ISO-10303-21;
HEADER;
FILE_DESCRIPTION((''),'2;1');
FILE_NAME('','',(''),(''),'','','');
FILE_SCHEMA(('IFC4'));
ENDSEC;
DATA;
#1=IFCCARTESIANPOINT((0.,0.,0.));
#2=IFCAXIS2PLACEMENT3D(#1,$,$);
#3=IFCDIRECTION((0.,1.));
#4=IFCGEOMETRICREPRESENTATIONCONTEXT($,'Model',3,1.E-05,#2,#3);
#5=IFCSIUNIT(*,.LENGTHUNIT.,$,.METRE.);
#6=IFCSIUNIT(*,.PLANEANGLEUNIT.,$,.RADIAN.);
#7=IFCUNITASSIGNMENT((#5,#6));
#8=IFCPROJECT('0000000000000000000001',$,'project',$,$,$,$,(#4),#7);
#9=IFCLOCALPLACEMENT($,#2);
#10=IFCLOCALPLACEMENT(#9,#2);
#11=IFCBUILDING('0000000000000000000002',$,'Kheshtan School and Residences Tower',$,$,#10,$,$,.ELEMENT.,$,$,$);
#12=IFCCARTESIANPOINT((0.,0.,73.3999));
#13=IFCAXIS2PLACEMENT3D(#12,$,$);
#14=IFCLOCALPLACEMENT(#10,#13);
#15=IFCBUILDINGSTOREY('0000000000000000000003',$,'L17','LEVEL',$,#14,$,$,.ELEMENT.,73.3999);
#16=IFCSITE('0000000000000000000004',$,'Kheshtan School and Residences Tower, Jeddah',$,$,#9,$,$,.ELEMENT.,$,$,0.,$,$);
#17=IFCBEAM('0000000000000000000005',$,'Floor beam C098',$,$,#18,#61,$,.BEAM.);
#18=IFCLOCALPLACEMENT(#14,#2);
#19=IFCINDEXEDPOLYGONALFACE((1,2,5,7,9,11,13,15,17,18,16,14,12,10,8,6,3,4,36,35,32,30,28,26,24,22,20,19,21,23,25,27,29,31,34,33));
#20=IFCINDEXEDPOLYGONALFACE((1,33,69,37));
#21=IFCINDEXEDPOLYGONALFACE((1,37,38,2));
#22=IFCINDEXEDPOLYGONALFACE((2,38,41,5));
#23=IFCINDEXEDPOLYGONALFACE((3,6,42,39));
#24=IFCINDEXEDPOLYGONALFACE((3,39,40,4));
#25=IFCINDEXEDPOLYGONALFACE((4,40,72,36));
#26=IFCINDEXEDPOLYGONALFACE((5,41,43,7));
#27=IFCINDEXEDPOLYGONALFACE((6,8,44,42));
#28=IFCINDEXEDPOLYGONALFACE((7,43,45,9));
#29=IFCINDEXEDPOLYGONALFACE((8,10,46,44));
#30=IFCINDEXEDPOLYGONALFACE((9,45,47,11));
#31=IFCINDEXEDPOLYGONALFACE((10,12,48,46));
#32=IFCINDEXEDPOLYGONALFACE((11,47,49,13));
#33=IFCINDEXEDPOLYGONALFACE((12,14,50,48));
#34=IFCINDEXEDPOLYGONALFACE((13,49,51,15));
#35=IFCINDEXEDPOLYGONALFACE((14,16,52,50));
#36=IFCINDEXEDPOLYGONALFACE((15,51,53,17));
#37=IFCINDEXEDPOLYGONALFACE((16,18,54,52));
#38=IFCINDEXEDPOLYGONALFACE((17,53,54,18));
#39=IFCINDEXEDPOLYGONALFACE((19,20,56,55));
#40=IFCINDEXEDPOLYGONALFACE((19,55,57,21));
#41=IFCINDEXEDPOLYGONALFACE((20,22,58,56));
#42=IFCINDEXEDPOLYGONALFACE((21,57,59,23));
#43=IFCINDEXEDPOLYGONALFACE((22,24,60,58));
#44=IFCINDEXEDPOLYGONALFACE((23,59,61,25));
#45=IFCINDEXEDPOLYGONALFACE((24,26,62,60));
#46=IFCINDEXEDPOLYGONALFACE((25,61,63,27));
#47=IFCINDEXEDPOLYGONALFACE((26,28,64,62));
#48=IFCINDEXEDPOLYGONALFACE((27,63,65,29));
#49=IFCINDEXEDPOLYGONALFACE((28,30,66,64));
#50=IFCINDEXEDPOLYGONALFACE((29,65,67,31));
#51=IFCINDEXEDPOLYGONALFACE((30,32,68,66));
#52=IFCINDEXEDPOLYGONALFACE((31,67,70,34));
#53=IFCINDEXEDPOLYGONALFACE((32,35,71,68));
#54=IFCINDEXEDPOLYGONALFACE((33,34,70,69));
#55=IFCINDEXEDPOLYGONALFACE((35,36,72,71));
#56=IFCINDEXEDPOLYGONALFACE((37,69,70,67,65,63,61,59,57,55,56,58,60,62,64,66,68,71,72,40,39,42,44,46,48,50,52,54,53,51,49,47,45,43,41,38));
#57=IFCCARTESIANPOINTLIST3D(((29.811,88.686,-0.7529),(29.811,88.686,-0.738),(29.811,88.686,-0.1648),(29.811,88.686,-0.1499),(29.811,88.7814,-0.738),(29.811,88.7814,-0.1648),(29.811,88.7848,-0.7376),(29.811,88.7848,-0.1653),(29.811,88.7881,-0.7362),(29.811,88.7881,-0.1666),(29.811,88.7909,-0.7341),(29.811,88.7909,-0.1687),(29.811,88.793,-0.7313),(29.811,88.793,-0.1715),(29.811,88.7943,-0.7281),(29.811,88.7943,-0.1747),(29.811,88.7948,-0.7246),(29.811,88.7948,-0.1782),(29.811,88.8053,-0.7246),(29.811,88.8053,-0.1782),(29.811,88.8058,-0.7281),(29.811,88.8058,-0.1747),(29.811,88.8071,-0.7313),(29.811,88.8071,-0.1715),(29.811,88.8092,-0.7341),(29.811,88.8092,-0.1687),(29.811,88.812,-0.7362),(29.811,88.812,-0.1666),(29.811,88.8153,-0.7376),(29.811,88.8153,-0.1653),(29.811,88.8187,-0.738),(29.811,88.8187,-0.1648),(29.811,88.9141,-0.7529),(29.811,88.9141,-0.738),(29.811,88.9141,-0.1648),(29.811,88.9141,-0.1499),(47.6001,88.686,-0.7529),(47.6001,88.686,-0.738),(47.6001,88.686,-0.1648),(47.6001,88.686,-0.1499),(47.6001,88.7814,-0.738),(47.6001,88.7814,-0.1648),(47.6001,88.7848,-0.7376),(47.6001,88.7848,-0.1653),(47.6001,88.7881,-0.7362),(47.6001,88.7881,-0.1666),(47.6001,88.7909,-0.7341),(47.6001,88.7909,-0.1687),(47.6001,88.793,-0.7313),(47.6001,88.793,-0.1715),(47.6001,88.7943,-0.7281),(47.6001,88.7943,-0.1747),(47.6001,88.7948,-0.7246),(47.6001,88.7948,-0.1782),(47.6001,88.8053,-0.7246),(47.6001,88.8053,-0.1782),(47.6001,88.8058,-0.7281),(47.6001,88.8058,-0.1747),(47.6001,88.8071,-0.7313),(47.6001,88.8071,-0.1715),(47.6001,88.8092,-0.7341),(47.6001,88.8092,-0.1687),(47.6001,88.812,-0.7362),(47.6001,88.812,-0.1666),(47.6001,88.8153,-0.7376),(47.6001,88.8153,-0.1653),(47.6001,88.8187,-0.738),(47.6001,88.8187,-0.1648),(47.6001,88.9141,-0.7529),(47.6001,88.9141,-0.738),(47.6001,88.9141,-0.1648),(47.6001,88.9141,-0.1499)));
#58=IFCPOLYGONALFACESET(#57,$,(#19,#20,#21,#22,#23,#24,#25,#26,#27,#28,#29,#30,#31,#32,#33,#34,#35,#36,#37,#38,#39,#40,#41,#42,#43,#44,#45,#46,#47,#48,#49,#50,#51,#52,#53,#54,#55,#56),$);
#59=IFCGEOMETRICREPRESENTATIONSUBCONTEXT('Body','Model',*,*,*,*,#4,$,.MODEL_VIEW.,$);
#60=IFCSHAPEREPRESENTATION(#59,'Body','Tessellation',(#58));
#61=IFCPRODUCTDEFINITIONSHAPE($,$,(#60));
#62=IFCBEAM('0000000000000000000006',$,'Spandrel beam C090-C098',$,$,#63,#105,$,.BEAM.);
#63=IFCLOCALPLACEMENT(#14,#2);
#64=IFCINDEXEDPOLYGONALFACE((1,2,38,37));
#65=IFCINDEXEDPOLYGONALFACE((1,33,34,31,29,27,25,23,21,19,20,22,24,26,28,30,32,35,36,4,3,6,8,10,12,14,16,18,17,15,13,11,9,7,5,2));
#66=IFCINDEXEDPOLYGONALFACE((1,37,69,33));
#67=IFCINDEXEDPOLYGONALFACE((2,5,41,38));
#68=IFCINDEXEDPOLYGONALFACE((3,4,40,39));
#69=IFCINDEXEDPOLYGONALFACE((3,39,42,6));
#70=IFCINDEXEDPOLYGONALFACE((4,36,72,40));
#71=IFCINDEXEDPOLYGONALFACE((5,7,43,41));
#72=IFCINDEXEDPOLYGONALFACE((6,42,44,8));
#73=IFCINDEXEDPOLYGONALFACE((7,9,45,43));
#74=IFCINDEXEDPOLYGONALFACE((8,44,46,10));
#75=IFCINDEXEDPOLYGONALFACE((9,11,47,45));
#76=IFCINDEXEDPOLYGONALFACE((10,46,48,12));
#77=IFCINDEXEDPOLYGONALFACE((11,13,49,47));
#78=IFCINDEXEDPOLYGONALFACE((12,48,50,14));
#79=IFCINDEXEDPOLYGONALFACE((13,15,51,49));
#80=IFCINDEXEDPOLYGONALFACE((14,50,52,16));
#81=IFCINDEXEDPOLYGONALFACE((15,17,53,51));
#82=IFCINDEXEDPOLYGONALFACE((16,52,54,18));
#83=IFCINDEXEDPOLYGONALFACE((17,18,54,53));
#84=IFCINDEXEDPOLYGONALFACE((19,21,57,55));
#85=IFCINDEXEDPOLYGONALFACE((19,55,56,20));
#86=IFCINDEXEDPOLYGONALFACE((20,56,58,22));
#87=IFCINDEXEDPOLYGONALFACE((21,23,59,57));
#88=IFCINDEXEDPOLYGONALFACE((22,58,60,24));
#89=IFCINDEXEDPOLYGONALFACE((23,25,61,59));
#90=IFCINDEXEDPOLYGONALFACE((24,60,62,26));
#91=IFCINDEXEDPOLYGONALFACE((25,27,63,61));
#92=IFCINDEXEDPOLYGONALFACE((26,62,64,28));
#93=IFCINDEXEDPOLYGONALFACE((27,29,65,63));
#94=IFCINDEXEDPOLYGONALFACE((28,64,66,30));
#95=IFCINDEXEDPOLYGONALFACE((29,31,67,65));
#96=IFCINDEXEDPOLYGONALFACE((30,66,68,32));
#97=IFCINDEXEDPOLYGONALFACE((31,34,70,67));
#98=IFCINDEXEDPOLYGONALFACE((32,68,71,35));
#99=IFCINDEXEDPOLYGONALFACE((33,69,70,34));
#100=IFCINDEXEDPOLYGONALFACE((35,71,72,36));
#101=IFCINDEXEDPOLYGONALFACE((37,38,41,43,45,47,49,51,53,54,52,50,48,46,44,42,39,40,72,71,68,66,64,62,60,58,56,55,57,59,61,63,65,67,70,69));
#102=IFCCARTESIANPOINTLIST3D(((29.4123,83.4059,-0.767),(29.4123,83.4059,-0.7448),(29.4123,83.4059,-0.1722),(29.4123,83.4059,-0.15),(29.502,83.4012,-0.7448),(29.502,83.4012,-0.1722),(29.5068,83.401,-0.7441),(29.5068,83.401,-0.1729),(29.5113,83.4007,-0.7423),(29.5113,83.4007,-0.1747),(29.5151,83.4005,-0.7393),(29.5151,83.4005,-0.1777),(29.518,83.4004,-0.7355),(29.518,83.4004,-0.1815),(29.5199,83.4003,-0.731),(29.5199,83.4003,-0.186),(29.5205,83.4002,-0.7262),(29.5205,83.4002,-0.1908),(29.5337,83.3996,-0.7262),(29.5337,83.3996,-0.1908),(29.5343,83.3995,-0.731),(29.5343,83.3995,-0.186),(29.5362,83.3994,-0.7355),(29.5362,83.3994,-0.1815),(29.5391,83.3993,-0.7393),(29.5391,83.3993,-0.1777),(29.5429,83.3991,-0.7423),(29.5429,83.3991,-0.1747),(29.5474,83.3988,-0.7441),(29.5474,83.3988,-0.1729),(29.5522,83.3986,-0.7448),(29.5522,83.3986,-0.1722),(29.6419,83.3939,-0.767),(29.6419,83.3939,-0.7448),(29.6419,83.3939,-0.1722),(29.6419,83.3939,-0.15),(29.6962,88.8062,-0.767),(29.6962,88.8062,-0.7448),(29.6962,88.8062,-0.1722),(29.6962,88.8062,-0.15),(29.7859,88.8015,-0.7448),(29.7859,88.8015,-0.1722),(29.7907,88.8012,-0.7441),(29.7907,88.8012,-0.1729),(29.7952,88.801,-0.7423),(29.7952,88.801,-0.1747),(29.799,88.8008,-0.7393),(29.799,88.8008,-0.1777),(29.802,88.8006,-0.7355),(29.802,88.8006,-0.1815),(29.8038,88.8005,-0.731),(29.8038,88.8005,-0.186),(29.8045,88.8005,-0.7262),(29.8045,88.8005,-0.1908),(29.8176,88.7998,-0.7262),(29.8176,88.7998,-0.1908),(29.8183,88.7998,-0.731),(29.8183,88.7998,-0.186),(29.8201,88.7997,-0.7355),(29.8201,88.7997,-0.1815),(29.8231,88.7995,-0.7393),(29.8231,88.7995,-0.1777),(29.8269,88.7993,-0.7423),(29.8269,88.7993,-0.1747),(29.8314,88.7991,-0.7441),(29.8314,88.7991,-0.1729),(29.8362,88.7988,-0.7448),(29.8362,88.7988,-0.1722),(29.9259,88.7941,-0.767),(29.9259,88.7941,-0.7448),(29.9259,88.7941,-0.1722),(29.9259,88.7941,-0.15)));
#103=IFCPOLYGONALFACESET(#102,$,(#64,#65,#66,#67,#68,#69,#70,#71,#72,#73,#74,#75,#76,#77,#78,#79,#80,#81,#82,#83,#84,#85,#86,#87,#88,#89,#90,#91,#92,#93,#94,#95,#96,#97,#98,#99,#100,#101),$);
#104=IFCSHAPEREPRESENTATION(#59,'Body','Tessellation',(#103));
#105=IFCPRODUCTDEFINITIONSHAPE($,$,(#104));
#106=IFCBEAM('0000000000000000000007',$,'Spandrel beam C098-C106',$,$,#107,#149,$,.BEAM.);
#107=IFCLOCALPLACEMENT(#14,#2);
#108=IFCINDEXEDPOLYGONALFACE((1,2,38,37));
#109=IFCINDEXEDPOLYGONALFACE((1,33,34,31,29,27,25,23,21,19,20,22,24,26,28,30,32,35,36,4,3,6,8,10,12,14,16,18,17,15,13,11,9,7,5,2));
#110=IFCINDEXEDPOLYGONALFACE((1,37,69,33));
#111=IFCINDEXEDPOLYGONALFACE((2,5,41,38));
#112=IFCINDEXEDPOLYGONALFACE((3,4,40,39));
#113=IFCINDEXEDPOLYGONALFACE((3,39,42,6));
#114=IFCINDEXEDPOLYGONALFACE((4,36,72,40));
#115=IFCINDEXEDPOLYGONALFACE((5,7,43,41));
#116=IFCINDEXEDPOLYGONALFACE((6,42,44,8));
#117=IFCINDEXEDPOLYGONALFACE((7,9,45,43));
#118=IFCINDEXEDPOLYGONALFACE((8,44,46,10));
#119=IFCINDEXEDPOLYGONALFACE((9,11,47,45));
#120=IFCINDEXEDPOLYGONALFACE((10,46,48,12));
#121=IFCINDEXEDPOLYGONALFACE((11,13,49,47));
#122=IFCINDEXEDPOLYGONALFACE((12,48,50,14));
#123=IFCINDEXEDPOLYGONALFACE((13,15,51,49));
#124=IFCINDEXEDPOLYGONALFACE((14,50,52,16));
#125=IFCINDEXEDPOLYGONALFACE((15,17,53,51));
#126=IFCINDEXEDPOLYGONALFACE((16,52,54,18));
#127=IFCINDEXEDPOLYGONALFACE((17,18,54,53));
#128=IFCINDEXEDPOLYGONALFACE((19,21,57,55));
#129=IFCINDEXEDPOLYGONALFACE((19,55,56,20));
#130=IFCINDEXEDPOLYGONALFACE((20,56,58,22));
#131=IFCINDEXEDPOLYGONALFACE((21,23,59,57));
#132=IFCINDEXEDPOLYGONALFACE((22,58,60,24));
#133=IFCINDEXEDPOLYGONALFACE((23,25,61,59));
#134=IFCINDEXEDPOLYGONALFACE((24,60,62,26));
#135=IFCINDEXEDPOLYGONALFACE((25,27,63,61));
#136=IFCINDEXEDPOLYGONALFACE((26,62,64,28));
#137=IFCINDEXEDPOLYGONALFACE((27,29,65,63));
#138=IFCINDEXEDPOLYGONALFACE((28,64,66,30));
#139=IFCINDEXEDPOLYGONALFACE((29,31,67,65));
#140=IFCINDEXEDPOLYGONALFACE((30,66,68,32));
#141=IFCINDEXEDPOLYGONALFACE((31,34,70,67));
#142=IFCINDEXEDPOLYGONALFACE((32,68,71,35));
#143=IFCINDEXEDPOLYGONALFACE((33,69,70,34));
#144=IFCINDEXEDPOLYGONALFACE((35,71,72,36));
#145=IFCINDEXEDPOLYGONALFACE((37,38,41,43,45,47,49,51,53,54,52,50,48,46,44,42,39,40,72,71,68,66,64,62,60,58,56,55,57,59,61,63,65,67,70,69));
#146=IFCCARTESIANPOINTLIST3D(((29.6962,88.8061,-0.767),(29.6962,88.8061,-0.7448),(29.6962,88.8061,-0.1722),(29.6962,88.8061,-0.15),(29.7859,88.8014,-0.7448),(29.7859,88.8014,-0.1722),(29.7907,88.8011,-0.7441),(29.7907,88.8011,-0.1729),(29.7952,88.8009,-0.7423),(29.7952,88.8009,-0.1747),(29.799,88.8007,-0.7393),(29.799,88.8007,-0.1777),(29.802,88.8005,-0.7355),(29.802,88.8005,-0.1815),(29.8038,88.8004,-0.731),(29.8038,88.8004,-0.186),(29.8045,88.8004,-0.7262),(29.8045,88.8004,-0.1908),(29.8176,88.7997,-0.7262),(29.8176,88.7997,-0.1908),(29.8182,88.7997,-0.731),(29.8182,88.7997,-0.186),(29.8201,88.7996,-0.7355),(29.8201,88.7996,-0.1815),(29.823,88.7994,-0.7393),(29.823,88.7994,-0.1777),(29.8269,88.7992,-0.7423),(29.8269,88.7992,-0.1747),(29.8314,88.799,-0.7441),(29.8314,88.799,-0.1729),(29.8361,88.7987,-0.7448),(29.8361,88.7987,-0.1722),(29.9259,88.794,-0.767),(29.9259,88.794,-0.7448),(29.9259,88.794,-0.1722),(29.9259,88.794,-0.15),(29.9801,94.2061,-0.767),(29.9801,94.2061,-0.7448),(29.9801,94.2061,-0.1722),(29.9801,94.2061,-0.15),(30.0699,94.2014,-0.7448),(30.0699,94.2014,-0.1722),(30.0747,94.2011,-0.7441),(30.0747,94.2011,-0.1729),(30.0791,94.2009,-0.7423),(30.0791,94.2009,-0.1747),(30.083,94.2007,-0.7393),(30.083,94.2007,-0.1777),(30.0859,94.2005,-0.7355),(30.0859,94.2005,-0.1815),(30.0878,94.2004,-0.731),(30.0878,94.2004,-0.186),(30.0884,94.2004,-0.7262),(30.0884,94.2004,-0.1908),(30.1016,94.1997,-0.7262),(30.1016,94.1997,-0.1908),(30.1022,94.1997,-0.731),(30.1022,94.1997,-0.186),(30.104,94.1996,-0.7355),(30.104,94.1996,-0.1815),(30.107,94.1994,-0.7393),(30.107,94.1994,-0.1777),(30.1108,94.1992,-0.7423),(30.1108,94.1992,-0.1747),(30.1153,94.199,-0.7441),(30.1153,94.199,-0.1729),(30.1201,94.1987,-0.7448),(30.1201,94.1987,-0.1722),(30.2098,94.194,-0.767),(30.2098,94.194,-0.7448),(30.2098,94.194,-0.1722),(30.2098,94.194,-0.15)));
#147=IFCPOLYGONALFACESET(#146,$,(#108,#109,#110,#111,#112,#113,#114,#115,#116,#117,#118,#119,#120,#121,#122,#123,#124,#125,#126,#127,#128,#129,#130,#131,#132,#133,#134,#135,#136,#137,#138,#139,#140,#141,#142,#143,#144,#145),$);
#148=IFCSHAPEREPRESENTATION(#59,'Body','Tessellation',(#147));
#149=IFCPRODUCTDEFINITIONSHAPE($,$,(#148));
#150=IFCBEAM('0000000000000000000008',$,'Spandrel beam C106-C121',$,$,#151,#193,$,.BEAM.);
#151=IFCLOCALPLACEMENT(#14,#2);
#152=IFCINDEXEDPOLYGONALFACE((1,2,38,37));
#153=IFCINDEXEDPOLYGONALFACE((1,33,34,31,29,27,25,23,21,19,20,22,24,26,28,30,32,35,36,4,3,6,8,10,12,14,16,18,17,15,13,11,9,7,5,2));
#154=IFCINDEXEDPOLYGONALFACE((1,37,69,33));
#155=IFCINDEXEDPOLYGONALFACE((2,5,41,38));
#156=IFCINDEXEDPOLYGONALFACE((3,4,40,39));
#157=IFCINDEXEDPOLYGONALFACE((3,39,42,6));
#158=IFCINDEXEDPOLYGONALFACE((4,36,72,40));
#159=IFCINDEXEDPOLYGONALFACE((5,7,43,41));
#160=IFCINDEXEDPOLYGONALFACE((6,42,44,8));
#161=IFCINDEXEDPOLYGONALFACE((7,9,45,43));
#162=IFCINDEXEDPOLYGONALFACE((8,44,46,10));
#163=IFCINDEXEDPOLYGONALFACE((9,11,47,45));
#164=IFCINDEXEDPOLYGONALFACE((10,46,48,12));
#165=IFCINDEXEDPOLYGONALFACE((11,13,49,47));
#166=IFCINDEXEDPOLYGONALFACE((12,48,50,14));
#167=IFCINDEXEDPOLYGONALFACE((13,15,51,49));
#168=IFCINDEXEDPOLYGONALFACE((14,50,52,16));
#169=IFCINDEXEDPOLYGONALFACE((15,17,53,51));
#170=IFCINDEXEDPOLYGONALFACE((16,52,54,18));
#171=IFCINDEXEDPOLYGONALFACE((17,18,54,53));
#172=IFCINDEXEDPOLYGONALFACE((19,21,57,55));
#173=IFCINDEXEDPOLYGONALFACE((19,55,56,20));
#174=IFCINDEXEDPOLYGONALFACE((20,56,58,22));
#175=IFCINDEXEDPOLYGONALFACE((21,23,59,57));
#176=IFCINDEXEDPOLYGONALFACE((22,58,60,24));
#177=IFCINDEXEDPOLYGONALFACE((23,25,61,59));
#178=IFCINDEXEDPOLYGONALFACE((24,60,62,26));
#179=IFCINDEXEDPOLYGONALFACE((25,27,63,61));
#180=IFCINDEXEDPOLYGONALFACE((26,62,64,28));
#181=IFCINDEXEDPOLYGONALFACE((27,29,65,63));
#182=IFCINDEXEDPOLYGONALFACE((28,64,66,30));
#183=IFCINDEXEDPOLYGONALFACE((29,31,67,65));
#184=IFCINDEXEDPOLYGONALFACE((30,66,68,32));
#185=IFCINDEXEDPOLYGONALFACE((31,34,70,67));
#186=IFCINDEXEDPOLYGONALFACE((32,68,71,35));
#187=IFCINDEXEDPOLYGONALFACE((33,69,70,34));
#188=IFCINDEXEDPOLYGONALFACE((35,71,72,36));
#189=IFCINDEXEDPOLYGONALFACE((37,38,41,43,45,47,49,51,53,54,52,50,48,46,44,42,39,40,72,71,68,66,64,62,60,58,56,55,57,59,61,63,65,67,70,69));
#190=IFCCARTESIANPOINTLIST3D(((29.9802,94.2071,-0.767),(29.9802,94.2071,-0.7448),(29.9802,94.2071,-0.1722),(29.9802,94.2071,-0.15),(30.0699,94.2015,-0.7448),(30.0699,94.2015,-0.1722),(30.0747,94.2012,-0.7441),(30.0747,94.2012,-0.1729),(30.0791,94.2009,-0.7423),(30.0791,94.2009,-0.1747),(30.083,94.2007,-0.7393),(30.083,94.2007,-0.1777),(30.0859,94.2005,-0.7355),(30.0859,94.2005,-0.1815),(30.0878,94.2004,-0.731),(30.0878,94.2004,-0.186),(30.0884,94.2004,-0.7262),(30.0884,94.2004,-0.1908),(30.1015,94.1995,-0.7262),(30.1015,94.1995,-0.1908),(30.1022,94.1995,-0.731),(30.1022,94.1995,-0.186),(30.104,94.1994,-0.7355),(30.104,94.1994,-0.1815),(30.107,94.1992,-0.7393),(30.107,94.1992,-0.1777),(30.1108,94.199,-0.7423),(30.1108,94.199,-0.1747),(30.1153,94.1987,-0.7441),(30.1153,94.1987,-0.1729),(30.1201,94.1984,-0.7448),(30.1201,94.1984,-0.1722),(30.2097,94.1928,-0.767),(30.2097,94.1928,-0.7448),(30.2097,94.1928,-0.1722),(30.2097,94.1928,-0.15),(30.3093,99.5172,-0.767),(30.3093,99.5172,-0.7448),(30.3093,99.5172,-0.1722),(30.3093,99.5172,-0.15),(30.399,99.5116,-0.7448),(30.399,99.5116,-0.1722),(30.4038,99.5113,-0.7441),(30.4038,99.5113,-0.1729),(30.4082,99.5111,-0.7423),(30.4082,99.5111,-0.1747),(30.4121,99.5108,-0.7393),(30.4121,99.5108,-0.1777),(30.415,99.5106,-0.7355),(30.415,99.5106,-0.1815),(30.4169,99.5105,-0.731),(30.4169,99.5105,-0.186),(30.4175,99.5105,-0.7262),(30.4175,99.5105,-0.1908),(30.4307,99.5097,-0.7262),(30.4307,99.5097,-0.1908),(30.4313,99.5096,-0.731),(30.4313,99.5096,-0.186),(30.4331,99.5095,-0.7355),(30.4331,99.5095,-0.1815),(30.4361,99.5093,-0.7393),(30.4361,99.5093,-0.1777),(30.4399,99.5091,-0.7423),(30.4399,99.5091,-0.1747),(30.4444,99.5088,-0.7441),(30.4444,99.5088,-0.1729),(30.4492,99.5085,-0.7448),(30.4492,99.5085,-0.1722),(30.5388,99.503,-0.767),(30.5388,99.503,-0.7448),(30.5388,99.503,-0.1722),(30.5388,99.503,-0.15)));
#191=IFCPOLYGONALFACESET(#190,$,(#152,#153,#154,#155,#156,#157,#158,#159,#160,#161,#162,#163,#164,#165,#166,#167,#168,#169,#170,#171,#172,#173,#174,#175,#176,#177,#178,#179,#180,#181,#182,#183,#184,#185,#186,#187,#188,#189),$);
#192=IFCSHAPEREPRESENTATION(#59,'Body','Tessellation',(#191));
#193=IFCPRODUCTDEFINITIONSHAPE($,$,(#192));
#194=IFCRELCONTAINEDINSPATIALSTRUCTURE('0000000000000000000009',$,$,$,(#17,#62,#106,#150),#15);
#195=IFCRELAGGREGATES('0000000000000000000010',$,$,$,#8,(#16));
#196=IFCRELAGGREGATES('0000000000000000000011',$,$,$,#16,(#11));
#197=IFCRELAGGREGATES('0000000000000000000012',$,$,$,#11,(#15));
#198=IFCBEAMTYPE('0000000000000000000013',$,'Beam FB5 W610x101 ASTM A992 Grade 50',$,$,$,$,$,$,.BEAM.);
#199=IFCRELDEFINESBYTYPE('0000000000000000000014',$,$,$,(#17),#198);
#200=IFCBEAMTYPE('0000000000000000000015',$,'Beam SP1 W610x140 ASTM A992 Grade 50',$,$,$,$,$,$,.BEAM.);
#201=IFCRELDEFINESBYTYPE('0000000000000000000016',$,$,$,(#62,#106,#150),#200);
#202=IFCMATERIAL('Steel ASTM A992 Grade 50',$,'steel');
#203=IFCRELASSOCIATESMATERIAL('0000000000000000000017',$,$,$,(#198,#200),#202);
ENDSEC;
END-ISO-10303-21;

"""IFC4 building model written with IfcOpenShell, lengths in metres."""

from ifc_helpers import new_model, si_unit, direction, frame, origin, origin_2d, place, context, subcontext, project, spatial, i_section, extrude, material, material_profile, profile_set, type_object, element, save


model = new_model("IFC4")

# Units and contexts
model_context = context("Model", 3, precision=1e-05, world=origin(), true_north=direction((0.0, 1.0)))
body_context = subcontext(model_context, "Body", "Model", "MODEL_VIEW")
ifc_project = project(units=[si_unit("LENGTHUNIT", "METRE"), si_unit("PLANEANGLEUNIT", "RADIAN")], contexts=[model_context])

# Site, building, storey
site_placement = place(None, origin())
site = spatial("IfcSite", under=ifc_project, at=site_placement, Name="Kheshtan School and Residences Tower, Jeddah", CompositionType="ELEMENT", RefElevation=0.0)
building_placement = place(site_placement, origin())
building = spatial("IfcBuilding", under=site, at=building_placement, Name="Kheshtan School and Residences Tower", CompositionType="ELEMENT")
storey_placement = place(building_placement, frame((0.0, 0.0, 73.3999)))
storey = spatial("IfcBuildingStorey", under=building, at=storey_placement, Name="L17", Description="LEVEL", CompositionType="ELEMENT", Elevation=73.3999)

# Shared definitions
ifc_material_1 = material(Name="Steel ASTM A992 Grade 50", Category="steel")

# Beams
ifc_material_profile_1 = material_profile(ifc_material_1, i_section(OverallWidth=0.228, OverallDepth=0.603, WebThickness=0.0105, FlangeThickness=0.0149, FilletRadius=0.0134, at=origin_2d()), Name="W610x101")
ifc_profile_set_1 = profile_set([ifc_material_profile_1], Name="Steel ASTM A992 Grade 50")
beam_type_1 = type_object("IfcBeamType", Name="Beam FB5 W610x101 ASTM A992 Grade 50", PredefinedType="BEAM", material=ifc_profile_set_1)
beam_1_placement = place(storey_placement, frame((29.811, 88.8, -0.4514), z_axis=(1.0, 0.0, 0.0), x_axis=(0.0, 1.0, 0.0)))
element("IfcBeam", 1, at=beam_1_placement, inside=storey, type_object=beam_type_1, Name="Floor beam C098", PredefinedType="BEAM", context=body_context, shape_type="SweptSolid", body=[
    extrude(i_section(OverallWidth=0.228, OverallDepth=0.603, WebThickness=0.0105, FlangeThickness=0.0149, FilletRadius=0.0134, at=origin_2d()), origin(), (0.0, 0.0, 1.0), 17.7891),
])
ifc_material_profile_2 = material_profile(ifc_material_1, i_section(OverallWidth=0.23, OverallDepth=0.6169, WebThickness=0.0132, FlangeThickness=0.0222, FilletRadius=0.0186, at=origin_2d()), Name="W610x140")
ifc_profile_set_2 = profile_set([ifc_material_profile_2], Name="Steel ASTM A992 Grade 50")
beam_type_2 = type_object("IfcBeamType", Name="Beam SP1 W610x140 ASTM A992 Grade 50", PredefinedType="BEAM", material=ifc_profile_set_2)
beam_2_placement = place(storey_placement, frame((29.5271, 83.3999, -0.4585), z_axis=(0.052507, 0.998621, 0.0), x_axis=(-0.998621, 0.052507, 0.0)))
element("IfcBeam", 2, at=beam_2_placement, inside=storey, type_object=beam_type_2, Name="Spandrel beam C090-C098", PredefinedType="BEAM", context=body_context, shape_type="SweptSolid", body=[
    extrude(i_section(OverallWidth=0.23, OverallDepth=0.6169, WebThickness=0.0132, FlangeThickness=0.0222, FilletRadius=0.0186, at=origin_2d()), origin(), (0.0, 0.0, 1.0), 5.4077),
])
beam_3_placement = place(storey_placement, frame((29.811, 88.8, -0.4585), z_axis=(0.052509, 0.99862, 0.0), x_axis=(-0.99862, 0.052509, 0.0)))
element("IfcBeam", 3, at=beam_3_placement, inside=storey, type_object=beam_type_2, Name="Spandrel beam C098-C106", PredefinedType="BEAM", context=body_context, shape_type="SweptSolid", body=[
    extrude(i_section(OverallWidth=0.23, OverallDepth=0.6169, WebThickness=0.0132, FlangeThickness=0.0222, FilletRadius=0.0186, at=origin_2d()), origin(), (0.0, 0.0, 1.0), 5.4075),
])
beam_4_placement = place(storey_placement, frame((30.095, 94.2, -0.4585), z_axis=(0.061858, 0.998085, 0.0), x_axis=(-0.998085, 0.061858, 0.0)))
element("IfcBeam", 4, at=beam_4_placement, inside=storey, type_object=beam_type_2, Name="Spandrel beam C106-C121", PredefinedType="BEAM", context=body_context, shape_type="SweptSolid", body=[
    extrude(i_section(OverallWidth=0.23, OverallDepth=0.6169, WebThickness=0.0132, FlangeThickness=0.0222, FilletRadius=0.0186, at=origin_2d()), origin(), (0.0, 0.0, 1.0), 5.3203),
])

save(model, "model.ifc")
